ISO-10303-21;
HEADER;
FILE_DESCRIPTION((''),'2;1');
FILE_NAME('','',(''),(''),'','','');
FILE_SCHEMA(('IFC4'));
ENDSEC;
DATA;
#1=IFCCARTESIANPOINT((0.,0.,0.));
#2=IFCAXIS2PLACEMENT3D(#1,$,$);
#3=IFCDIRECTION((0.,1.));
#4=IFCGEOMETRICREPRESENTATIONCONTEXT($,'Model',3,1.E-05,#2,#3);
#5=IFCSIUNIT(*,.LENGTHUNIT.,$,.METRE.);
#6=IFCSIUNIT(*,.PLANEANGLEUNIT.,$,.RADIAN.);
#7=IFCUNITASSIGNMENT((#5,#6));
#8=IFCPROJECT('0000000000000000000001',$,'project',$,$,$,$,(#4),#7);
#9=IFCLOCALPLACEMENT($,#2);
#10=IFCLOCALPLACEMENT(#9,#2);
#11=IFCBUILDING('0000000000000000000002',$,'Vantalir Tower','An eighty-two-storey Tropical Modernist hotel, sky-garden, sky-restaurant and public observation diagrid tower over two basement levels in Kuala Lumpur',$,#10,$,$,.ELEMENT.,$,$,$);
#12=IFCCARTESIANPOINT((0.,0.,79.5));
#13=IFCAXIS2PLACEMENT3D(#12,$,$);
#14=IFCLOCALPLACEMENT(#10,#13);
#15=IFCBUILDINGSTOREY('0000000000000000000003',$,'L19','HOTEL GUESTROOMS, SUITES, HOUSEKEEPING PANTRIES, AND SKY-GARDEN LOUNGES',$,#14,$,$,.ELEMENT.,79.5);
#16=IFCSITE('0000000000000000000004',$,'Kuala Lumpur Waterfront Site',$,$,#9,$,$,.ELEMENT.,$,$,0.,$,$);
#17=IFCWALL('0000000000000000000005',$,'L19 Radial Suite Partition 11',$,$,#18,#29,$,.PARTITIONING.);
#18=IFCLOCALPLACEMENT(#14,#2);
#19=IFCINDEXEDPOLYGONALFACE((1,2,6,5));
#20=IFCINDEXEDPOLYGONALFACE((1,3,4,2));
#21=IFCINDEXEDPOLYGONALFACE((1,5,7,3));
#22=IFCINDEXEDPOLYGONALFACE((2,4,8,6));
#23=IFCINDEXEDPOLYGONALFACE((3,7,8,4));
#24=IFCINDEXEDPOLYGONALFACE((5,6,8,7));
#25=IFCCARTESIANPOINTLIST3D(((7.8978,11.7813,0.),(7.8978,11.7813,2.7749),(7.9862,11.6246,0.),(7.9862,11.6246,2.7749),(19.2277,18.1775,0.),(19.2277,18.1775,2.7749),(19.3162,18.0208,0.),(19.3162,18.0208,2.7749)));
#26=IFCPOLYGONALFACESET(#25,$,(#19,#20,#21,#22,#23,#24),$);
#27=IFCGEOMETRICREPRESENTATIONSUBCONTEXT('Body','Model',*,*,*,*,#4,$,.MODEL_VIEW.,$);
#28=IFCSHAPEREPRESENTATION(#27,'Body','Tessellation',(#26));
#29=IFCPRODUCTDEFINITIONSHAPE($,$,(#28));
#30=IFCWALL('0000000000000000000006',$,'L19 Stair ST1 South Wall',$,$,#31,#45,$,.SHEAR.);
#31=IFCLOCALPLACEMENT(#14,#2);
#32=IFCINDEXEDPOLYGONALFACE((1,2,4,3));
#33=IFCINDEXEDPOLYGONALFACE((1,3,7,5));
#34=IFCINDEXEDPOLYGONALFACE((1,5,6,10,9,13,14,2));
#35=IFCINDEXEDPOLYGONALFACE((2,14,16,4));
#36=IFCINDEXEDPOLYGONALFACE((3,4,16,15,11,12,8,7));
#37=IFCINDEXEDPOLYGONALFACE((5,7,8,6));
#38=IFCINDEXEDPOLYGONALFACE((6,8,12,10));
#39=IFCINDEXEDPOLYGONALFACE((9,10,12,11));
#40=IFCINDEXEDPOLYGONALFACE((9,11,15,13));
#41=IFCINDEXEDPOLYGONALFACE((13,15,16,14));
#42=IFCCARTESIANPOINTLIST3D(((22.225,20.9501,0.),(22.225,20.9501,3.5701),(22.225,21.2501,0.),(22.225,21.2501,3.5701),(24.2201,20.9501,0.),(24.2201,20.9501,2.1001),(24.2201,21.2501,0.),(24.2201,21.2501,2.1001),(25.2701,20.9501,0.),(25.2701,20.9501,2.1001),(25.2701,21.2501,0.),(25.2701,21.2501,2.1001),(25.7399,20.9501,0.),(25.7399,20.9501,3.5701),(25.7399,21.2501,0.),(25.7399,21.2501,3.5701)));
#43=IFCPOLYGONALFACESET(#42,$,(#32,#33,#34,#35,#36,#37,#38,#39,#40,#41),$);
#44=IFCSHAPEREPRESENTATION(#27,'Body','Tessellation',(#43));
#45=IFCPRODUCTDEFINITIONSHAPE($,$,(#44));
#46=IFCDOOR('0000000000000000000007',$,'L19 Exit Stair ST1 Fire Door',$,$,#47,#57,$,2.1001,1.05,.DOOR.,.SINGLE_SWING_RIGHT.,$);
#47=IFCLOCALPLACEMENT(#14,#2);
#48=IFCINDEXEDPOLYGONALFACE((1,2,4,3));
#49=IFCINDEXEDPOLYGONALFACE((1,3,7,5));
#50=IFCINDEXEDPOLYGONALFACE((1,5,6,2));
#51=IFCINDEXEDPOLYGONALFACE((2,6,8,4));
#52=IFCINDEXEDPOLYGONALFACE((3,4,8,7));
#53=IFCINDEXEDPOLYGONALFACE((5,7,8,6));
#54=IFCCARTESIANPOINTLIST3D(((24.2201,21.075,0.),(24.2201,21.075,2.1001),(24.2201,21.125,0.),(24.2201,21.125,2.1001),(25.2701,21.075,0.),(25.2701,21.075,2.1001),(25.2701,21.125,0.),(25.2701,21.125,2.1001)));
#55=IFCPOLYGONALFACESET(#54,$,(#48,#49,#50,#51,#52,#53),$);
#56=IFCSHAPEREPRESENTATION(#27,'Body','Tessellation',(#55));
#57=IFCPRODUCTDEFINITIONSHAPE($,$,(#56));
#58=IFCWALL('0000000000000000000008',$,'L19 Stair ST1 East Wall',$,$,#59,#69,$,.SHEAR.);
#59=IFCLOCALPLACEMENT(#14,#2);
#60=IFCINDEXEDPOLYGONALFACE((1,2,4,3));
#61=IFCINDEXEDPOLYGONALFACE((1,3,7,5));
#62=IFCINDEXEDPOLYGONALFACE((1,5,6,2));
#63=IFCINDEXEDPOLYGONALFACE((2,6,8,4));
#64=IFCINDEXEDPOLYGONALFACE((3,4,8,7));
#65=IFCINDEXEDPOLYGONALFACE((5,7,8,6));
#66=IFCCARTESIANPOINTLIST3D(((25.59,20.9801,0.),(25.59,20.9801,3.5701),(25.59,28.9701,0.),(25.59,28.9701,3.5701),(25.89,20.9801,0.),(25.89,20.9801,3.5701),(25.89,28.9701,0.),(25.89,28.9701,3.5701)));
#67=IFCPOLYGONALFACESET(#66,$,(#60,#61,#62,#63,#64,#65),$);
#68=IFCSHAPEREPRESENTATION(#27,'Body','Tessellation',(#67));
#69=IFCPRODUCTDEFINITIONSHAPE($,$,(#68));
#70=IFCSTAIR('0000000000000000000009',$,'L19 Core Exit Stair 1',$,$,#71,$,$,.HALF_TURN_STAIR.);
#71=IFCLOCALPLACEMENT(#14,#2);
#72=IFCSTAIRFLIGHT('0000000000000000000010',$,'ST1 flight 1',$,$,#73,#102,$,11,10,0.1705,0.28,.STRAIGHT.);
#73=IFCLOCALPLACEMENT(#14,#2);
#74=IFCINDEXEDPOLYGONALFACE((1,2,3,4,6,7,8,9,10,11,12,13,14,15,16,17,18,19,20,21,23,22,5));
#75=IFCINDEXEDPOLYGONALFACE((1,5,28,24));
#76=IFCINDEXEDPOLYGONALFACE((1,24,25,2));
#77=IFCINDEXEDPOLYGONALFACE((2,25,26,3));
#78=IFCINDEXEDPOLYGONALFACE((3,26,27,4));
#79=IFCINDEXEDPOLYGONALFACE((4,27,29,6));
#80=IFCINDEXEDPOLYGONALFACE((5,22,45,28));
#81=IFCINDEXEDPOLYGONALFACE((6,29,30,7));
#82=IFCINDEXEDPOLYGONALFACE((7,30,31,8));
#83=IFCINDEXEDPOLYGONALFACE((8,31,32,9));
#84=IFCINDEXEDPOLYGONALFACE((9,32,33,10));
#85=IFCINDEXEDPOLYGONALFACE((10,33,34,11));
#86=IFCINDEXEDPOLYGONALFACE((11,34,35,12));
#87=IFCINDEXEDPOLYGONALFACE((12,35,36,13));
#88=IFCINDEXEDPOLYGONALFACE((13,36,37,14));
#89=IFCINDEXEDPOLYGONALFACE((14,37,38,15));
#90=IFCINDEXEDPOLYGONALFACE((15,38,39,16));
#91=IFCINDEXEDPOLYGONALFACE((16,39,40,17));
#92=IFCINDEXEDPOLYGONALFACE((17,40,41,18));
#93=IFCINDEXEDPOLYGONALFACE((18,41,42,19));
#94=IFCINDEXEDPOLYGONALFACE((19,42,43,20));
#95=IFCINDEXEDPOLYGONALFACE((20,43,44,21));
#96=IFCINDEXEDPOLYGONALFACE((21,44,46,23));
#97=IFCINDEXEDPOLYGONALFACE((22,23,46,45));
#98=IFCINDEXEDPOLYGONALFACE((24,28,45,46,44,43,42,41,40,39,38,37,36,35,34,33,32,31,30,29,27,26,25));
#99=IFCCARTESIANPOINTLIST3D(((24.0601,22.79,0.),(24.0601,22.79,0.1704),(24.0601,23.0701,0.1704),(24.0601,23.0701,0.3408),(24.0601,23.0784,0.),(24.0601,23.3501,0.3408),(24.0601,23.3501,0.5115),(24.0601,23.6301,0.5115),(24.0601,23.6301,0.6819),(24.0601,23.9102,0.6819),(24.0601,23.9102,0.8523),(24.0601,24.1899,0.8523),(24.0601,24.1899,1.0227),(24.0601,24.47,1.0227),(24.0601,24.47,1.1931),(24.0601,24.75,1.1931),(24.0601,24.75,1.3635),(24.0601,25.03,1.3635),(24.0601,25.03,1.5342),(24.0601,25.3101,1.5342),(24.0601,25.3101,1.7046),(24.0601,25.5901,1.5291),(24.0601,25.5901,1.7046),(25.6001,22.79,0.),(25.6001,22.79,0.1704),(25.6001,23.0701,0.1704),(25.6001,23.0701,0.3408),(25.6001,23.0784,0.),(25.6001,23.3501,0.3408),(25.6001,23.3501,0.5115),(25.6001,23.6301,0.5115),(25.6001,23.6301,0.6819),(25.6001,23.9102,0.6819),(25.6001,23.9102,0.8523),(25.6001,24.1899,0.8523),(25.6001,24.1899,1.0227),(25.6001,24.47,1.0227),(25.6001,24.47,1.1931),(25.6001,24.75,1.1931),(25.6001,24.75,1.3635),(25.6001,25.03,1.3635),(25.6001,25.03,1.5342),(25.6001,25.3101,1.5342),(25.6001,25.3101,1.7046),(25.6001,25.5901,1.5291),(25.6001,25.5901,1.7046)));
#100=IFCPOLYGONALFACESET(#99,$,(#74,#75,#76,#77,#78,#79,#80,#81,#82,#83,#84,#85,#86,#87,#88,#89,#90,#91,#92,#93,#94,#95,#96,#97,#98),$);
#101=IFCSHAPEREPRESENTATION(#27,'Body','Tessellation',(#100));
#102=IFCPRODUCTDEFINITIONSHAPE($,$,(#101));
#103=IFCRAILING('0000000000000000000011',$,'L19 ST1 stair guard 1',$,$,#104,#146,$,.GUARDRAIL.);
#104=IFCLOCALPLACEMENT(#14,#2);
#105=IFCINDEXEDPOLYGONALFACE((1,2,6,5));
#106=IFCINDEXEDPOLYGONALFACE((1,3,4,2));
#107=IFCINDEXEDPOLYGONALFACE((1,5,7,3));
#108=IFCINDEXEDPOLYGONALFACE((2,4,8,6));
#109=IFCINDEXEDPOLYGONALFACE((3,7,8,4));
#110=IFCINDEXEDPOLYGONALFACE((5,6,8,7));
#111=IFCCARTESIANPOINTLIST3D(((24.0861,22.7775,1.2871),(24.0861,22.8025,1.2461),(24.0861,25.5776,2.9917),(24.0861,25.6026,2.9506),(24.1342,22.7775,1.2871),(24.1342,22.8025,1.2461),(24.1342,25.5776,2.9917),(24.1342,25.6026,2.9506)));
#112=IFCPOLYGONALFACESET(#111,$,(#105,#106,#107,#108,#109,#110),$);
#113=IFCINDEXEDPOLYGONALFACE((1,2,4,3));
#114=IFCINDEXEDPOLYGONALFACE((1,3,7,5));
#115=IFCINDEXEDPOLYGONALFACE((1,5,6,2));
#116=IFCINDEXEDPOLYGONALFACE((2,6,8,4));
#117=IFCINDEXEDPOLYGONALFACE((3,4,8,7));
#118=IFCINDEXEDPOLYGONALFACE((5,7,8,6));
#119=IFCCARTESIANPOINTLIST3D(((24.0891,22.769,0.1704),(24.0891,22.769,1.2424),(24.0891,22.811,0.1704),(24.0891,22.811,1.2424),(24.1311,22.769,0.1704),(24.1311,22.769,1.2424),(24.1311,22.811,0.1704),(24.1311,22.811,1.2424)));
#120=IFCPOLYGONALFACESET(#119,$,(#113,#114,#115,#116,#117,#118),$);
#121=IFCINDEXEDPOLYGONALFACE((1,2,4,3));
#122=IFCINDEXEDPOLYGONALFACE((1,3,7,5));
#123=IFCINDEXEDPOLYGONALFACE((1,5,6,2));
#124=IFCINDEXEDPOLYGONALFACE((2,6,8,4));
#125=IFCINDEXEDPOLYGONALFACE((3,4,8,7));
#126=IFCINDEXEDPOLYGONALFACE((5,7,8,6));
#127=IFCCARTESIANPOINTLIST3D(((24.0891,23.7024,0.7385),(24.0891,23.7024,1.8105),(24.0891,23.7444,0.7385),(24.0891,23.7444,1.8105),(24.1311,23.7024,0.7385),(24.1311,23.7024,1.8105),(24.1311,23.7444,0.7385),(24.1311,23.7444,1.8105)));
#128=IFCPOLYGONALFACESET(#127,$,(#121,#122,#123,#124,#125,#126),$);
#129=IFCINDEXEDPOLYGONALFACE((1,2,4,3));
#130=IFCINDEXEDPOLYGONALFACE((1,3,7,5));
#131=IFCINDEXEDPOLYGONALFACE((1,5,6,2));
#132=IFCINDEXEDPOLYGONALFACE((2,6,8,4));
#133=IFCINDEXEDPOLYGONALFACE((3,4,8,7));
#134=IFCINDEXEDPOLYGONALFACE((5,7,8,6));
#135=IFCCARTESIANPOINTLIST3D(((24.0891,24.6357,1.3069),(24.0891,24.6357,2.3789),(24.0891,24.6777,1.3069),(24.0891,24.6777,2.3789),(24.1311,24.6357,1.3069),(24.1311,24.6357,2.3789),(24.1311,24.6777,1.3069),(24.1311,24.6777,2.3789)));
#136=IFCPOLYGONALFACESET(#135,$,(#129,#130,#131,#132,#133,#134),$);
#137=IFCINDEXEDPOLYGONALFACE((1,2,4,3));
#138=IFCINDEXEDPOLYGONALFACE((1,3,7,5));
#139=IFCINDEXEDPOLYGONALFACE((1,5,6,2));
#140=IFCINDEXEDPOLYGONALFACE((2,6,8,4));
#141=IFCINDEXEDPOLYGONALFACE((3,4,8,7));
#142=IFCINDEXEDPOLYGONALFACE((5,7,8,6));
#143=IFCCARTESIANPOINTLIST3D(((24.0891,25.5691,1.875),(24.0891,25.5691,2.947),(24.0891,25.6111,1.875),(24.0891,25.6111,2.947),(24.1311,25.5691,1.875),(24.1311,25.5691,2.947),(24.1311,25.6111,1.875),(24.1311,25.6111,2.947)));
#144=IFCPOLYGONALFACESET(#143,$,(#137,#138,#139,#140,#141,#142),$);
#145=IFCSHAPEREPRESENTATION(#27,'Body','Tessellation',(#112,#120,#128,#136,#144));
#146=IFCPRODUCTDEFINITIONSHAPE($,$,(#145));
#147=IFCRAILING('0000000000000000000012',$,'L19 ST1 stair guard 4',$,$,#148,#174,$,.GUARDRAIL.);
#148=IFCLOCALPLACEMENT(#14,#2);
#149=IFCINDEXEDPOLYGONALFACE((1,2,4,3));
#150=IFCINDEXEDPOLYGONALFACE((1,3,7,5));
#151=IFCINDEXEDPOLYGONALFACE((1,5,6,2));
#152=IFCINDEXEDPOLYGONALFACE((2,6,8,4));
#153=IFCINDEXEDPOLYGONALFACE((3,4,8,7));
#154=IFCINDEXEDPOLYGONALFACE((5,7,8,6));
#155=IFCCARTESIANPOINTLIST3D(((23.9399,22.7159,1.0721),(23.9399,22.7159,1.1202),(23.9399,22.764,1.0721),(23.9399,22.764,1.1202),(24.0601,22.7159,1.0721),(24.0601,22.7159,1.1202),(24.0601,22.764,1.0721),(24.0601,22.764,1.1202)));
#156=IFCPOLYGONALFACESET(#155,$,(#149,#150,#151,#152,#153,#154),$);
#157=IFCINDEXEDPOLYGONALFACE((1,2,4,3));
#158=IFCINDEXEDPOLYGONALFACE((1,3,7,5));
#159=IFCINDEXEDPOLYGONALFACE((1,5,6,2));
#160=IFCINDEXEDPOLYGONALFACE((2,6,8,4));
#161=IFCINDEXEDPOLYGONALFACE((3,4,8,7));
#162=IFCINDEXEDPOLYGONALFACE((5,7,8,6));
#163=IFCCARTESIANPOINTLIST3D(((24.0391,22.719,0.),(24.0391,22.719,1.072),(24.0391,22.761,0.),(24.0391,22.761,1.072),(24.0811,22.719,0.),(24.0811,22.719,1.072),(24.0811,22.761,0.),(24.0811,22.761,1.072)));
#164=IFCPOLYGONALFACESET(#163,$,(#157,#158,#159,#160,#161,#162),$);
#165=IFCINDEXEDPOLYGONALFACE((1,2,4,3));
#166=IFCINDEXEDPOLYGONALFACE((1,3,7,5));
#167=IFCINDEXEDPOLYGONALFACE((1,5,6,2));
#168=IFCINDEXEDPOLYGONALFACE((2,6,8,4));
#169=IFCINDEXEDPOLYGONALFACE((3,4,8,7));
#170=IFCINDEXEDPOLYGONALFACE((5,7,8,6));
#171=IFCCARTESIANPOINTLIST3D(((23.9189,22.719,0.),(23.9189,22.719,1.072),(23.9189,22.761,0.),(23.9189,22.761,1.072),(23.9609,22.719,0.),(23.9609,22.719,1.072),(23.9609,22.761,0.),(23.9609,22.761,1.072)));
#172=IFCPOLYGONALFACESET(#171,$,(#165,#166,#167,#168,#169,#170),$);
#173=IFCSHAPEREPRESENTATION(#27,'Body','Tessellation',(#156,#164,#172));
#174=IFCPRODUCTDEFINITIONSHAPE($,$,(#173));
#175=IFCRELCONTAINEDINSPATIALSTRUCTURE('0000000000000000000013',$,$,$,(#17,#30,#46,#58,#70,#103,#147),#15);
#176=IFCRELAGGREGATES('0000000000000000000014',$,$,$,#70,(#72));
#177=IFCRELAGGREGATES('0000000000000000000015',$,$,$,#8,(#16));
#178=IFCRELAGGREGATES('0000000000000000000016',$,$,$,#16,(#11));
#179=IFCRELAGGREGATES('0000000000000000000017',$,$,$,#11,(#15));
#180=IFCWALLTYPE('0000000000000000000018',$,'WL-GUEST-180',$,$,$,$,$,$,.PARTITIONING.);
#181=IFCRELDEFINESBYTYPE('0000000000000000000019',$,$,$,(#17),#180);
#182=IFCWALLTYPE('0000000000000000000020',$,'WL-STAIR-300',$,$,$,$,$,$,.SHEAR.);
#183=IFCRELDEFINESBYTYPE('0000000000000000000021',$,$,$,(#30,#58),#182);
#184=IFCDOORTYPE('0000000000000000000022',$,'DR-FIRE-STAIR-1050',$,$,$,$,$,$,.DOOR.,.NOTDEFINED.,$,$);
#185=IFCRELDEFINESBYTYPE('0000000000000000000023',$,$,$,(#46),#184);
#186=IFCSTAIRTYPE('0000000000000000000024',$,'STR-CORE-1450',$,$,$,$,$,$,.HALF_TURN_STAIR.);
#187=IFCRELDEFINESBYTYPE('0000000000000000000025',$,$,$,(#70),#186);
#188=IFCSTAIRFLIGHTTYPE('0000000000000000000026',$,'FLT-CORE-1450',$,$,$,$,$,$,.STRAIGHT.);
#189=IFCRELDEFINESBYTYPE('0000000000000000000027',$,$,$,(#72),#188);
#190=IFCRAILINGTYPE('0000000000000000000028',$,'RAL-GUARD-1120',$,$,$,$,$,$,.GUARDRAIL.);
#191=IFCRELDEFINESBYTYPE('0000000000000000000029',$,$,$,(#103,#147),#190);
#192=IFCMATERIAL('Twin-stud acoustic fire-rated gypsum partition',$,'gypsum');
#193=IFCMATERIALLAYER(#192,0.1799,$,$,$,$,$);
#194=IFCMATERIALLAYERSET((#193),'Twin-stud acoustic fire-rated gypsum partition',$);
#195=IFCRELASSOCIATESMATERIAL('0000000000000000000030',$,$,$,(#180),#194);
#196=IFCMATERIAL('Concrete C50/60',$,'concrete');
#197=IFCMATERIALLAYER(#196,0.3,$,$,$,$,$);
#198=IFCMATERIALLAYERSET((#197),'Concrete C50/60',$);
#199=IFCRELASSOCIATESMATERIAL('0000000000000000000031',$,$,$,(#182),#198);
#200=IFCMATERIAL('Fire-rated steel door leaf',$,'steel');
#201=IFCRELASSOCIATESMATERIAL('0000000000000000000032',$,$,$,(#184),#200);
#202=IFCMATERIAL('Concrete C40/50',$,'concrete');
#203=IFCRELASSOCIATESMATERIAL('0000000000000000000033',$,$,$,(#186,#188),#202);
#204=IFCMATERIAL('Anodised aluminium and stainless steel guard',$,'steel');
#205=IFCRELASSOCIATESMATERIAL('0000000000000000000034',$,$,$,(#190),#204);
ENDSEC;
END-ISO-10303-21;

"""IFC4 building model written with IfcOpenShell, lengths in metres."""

from ifc_helpers import new_model, si_unit, direction, frame, frame_2d, origin, origin_2d, place, context, subcontext, project, spatial, polyline, rectangle, outline, extrude, material, layer, layer_set, type_object, element, fill, aggregate, save


model = new_model("IFC4")

# Units and contexts
model_context = context("Model", 3, precision=1e-05, world=origin(), true_north=direction((0.0, 1.0)))
body_context = subcontext(model_context, "Body", "Model", "MODEL_VIEW")
ifc_project = project(units=[si_unit("LENGTHUNIT", "METRE"), si_unit("PLANEANGLEUNIT", "RADIAN")], contexts=[model_context])

# Site, building, storey
site_placement = place(None, origin())
site = spatial("IfcSite", under=ifc_project, at=site_placement, Name="Kuala Lumpur Waterfront Site", CompositionType="ELEMENT", RefElevation=0.0)
building_placement = place(site_placement, origin())
building = spatial("IfcBuilding", under=site, at=building_placement, Name="Vantalir Tower", Description="An eighty-two-storey Tropical Modernist hotel, sky-garden, sky-restaurant and public observation diagrid tower over two basement levels in Kuala Lumpur", CompositionType="ELEMENT")
storey_placement = place(building_placement, frame((0.0, 0.0, 79.5)))
storey = spatial("IfcBuildingStorey", under=building, at=storey_placement, Name="L19", Description="HOTEL GUESTROOMS, SUITES, HOUSEKEEPING PANTRIES, AND SKY-GARDEN LOUNGES", CompositionType="ELEMENT", Elevation=79.5)

# Wall
ifc_material_1 = material(Name="Twin-stud acoustic fire-rated gypsum partition", Category="gypsum")
ifc_layer_1 = layer(ifc_material_1, 0.1799)
ifc_layer_set_1 = layer_set([ifc_layer_1], Name="Twin-stud acoustic fire-rated gypsum partition")
wall_type_1 = type_object("IfcWallType", Name="WL-GUEST-180", PredefinedType="PARTITIONING", material=ifc_layer_set_1)
wall_1_placement = place(storey_placement, frame((19.272, 18.0991, 0.0), z_axis=(0.0, 0.0, 1.0), x_axis=(-0.870817, -0.491608, 0.0)))
element("IfcWall", 1, at=wall_1_placement, inside=storey, type_object=wall_type_1, Name="L19 Radial Suite Partition 11", PredefinedType="PARTITIONING", context=body_context, shape_type="SweptSolid", body=[
    extrude(rectangle(XDim=13.0107, YDim=0.1799, at=frame_2d((6.5054, 0.0))), origin(), (0.0, 0.0, 1.0), 2.7749),
])

# Wall, opening, door
ifc_material_2 = material(Name="Concrete C50/60", Category="concrete")
ifc_layer_2 = layer(ifc_material_2, 0.3)
ifc_layer_set_2 = layer_set([ifc_layer_2], Name="Concrete C50/60")
wall_type_2 = type_object("IfcWallType", Name="WL-STAIR-300", PredefinedType="SHEAR", material=ifc_layer_set_2)
wall_2_placement = place(storey_placement, frame((22.2251, 21.1001, 0.0), z_axis=(0.0, 0.0, 1.0), x_axis=(1.0, 0.0, 0.0)))
wall_2 = element("IfcWall", 2, at=wall_2_placement, inside=storey, type_object=wall_type_2, Name="L19 Stair ST1 South Wall", PredefinedType="SHEAR", context=body_context, shape_type="SweptSolid", body=[
    extrude(rectangle(XDim=3.5149, YDim=0.3, at=frame_2d((1.7573, 0.0))), origin(), (0.0, 0.0, 1.0), 3.5701),
])
opening_1_placement = place(wall_2_placement, frame((1.9951, 0.0, 0.0)))
opening_1 = element("IfcOpeningElement", 3, at=opening_1_placement, cuts=wall_2, PredefinedType="OPENING", context=body_context, shape_type="SweptSolid", body=[
    extrude(rectangle(XDim=1.05, YDim=2.1001, at=frame_2d((0.5249, 1.05))), frame((0.0, 0.1599, 0.0), z_axis=(0.0, -1.0, 0.0), x_axis=(1.0, 0.0, 0.0)), (0.0, 0.0, 1.0), 0.3201),
])
ifc_material_3 = material(Name="Fire-rated steel door leaf", Category="steel")
door_type_1 = type_object("IfcDoorType", Name="DR-FIRE-STAIR-1050", OperationType="NOTDEFINED", PredefinedType="DOOR", material=ifc_material_3)
door_1_placement = place(opening_1_placement, origin())
door_1 = element("IfcDoor", 4, at=door_1_placement, inside=storey, type_object=door_type_1, Name="L19 Exit Stair ST1 Fire Door", OperationType="SINGLE_SWING_RIGHT", OverallHeight=2.1001, OverallWidth=1.05, PredefinedType="DOOR", context=body_context, shape_type="SweptSolid", body=[
    extrude(rectangle(XDim=1.05, YDim=2.1001, at=frame_2d((0.5249, 1.05))), frame((0.0, 0.0249, 0.0), z_axis=(0.0, -1.0, 0.0), x_axis=(1.0, 0.0, 0.0)), (0.0, 0.0, 1.0), 0.05),
])
fill(opening_1, door_1)

# Wall
wall_3_placement = place(storey_placement, frame((25.74, 20.98, 0.0), z_axis=(0.0, 0.0, 1.0), x_axis=(0.0, 1.0, 0.0)))
element("IfcWall", 5, at=wall_3_placement, inside=storey, type_object=wall_type_2, Name="L19 Stair ST1 East Wall", PredefinedType="SHEAR", context=body_context, shape_type="SweptSolid", body=[
    extrude(rectangle(XDim=7.99, YDim=0.3, at=frame_2d((3.9951, 0.0))), origin(), (0.0, 0.0, 1.0), 3.5701),
])

# Stair, stair flight
ifc_material_4 = material(Name="Concrete C40/50", Category="concrete")
stair_type = type_object("IfcStairType", Name="STR-CORE-1450", PredefinedType="HALF_TURN_STAIR", material=ifc_material_4)
stair_placement = place(storey_placement, origin())
stair = element("IfcStair", 6, at=stair_placement, inside=storey, type_object=stair_type, Name="L19 Core Exit Stair 1", PredefinedType="HALF_TURN_STAIR")
stair_flight_type = type_object("IfcStairFlightType", Name="FLT-CORE-1450", PredefinedType="STRAIGHT", material=ifc_material_4)
stair_flight_placement = place(storey_placement, frame((24.8301, 22.79, 0.0), z_axis=(0.0, 0.0, 1.0), x_axis=(0.0, 1.0, 0.0)))
stair_flight = element("IfcStairFlight", 7, at=stair_flight_placement, type_object=stair_flight_type, Name="ST1 flight 1", NumberOfRisers=11, NumberOfTreads=10, PredefinedType="STRAIGHT", RiserHeight=0.1705, TreadLength=0.28, context=body_context, shape_type="SweptSolid", body=[
    extrude(outline(polyline([(0.0, 0.0), (0.0, 0.1704), (0.28, 0.1704), (0.28, 0.3408), (0.5601, 0.3408), (0.5601, 0.5115), (0.8401, 0.5115), (0.8401, 0.6819), (1.1201, 0.6819), (1.1201, 0.8523), (1.3999, 0.8523), (1.3999, 1.0227), (1.6799, 1.0227), (1.6799, 1.1931), (1.96, 1.1931), (1.96, 1.3635), (2.24, 1.3635), (2.24, 1.5342), (2.52, 1.5342), (2.52, 1.7046), (2.8, 1.7046), (2.8, 1.875), (2.8, 1.5291), (0.2883, 0.0), (0.0, 0.0)])), frame((0.0, 0.77, 0.0), z_axis=(0.0, -1.0, 0.0), x_axis=(1.0, 0.0, 0.0)), (0.0, 0.0, 1.0), 1.54),
])
aggregate(stair, [stair_flight])

# Railings
ifc_material_5 = material(Name="Anodised aluminium and stainless steel guard", Category="steel")
railing_type_1 = type_object("IfcRailingType", Name="RAL-GUARD-1120", PredefinedType="GUARDRAIL", material=ifc_material_5)
railing_1_placement = place(storey_placement, frame((24.1101, 22.79, 0.1704)))
element("IfcRailing", 8, at=railing_1_placement, inside=storey, type_object=railing_type_1, Name="L19 ST1 stair guard 1", PredefinedType="GUARDRAIL", context=body_context, shape_type="SweptSolid", body=[
    extrude(rectangle(XDim=0.0481, YDim=0.0481, at=origin_2d()), frame((0.0, 0.0, 1.0962), z_axis=(0.0, 0.85417, 0.519994), x_axis=(-1.0, 0.0, 0.0)), (0.0, 0.0, 1.0), 3.2781),
    extrude(rectangle(XDim=0.042, YDim=0.042, at=origin_2d()), origin(), (0.0, 0.0, 1.0), 1.072),
    extrude(rectangle(XDim=0.042, YDim=0.042, at=origin_2d()), frame((0.0, 0.9333, 0.5681)), (0.0, 0.0, 1.0), 1.072),
    extrude(rectangle(XDim=0.042, YDim=0.042, at=origin_2d()), frame((0.0, 1.8667, 1.1365)), (0.0, 0.0, 1.0), 1.072),
    extrude(rectangle(XDim=0.042, YDim=0.042, at=origin_2d()), frame((0.0, 2.8, 1.7046)), (0.0, 0.0, 1.0), 1.072),
])
railing_2_placement = place(storey_placement, frame((24.0601, 22.74, 0.0)))
element("IfcRailing", 9, at=railing_2_placement, inside=storey, type_object=railing_type_1, Name="L19 ST1 stair guard 4", PredefinedType="GUARDRAIL", context=body_context, shape_type="SweptSolid", body=[
    extrude(rectangle(XDim=0.0481, YDim=0.0481, at=origin_2d()), frame((0.0, 0.0, 1.0962), z_axis=(-1.0, 0.0, 0.0), x_axis=(0.0, -1.0, 0.0)), (0.0, 0.0, 1.0), 0.1201),
    extrude(rectangle(XDim=0.042, YDim=0.042, at=origin_2d()), origin(), (0.0, 0.0, 1.0), 1.072),
    extrude(rectangle(XDim=0.042, YDim=0.042, at=origin_2d()), frame((-0.1201, 0.0, 0.0)), (0.0, 0.0, 1.0), 1.072),
])

save(model, "model.ifc")
